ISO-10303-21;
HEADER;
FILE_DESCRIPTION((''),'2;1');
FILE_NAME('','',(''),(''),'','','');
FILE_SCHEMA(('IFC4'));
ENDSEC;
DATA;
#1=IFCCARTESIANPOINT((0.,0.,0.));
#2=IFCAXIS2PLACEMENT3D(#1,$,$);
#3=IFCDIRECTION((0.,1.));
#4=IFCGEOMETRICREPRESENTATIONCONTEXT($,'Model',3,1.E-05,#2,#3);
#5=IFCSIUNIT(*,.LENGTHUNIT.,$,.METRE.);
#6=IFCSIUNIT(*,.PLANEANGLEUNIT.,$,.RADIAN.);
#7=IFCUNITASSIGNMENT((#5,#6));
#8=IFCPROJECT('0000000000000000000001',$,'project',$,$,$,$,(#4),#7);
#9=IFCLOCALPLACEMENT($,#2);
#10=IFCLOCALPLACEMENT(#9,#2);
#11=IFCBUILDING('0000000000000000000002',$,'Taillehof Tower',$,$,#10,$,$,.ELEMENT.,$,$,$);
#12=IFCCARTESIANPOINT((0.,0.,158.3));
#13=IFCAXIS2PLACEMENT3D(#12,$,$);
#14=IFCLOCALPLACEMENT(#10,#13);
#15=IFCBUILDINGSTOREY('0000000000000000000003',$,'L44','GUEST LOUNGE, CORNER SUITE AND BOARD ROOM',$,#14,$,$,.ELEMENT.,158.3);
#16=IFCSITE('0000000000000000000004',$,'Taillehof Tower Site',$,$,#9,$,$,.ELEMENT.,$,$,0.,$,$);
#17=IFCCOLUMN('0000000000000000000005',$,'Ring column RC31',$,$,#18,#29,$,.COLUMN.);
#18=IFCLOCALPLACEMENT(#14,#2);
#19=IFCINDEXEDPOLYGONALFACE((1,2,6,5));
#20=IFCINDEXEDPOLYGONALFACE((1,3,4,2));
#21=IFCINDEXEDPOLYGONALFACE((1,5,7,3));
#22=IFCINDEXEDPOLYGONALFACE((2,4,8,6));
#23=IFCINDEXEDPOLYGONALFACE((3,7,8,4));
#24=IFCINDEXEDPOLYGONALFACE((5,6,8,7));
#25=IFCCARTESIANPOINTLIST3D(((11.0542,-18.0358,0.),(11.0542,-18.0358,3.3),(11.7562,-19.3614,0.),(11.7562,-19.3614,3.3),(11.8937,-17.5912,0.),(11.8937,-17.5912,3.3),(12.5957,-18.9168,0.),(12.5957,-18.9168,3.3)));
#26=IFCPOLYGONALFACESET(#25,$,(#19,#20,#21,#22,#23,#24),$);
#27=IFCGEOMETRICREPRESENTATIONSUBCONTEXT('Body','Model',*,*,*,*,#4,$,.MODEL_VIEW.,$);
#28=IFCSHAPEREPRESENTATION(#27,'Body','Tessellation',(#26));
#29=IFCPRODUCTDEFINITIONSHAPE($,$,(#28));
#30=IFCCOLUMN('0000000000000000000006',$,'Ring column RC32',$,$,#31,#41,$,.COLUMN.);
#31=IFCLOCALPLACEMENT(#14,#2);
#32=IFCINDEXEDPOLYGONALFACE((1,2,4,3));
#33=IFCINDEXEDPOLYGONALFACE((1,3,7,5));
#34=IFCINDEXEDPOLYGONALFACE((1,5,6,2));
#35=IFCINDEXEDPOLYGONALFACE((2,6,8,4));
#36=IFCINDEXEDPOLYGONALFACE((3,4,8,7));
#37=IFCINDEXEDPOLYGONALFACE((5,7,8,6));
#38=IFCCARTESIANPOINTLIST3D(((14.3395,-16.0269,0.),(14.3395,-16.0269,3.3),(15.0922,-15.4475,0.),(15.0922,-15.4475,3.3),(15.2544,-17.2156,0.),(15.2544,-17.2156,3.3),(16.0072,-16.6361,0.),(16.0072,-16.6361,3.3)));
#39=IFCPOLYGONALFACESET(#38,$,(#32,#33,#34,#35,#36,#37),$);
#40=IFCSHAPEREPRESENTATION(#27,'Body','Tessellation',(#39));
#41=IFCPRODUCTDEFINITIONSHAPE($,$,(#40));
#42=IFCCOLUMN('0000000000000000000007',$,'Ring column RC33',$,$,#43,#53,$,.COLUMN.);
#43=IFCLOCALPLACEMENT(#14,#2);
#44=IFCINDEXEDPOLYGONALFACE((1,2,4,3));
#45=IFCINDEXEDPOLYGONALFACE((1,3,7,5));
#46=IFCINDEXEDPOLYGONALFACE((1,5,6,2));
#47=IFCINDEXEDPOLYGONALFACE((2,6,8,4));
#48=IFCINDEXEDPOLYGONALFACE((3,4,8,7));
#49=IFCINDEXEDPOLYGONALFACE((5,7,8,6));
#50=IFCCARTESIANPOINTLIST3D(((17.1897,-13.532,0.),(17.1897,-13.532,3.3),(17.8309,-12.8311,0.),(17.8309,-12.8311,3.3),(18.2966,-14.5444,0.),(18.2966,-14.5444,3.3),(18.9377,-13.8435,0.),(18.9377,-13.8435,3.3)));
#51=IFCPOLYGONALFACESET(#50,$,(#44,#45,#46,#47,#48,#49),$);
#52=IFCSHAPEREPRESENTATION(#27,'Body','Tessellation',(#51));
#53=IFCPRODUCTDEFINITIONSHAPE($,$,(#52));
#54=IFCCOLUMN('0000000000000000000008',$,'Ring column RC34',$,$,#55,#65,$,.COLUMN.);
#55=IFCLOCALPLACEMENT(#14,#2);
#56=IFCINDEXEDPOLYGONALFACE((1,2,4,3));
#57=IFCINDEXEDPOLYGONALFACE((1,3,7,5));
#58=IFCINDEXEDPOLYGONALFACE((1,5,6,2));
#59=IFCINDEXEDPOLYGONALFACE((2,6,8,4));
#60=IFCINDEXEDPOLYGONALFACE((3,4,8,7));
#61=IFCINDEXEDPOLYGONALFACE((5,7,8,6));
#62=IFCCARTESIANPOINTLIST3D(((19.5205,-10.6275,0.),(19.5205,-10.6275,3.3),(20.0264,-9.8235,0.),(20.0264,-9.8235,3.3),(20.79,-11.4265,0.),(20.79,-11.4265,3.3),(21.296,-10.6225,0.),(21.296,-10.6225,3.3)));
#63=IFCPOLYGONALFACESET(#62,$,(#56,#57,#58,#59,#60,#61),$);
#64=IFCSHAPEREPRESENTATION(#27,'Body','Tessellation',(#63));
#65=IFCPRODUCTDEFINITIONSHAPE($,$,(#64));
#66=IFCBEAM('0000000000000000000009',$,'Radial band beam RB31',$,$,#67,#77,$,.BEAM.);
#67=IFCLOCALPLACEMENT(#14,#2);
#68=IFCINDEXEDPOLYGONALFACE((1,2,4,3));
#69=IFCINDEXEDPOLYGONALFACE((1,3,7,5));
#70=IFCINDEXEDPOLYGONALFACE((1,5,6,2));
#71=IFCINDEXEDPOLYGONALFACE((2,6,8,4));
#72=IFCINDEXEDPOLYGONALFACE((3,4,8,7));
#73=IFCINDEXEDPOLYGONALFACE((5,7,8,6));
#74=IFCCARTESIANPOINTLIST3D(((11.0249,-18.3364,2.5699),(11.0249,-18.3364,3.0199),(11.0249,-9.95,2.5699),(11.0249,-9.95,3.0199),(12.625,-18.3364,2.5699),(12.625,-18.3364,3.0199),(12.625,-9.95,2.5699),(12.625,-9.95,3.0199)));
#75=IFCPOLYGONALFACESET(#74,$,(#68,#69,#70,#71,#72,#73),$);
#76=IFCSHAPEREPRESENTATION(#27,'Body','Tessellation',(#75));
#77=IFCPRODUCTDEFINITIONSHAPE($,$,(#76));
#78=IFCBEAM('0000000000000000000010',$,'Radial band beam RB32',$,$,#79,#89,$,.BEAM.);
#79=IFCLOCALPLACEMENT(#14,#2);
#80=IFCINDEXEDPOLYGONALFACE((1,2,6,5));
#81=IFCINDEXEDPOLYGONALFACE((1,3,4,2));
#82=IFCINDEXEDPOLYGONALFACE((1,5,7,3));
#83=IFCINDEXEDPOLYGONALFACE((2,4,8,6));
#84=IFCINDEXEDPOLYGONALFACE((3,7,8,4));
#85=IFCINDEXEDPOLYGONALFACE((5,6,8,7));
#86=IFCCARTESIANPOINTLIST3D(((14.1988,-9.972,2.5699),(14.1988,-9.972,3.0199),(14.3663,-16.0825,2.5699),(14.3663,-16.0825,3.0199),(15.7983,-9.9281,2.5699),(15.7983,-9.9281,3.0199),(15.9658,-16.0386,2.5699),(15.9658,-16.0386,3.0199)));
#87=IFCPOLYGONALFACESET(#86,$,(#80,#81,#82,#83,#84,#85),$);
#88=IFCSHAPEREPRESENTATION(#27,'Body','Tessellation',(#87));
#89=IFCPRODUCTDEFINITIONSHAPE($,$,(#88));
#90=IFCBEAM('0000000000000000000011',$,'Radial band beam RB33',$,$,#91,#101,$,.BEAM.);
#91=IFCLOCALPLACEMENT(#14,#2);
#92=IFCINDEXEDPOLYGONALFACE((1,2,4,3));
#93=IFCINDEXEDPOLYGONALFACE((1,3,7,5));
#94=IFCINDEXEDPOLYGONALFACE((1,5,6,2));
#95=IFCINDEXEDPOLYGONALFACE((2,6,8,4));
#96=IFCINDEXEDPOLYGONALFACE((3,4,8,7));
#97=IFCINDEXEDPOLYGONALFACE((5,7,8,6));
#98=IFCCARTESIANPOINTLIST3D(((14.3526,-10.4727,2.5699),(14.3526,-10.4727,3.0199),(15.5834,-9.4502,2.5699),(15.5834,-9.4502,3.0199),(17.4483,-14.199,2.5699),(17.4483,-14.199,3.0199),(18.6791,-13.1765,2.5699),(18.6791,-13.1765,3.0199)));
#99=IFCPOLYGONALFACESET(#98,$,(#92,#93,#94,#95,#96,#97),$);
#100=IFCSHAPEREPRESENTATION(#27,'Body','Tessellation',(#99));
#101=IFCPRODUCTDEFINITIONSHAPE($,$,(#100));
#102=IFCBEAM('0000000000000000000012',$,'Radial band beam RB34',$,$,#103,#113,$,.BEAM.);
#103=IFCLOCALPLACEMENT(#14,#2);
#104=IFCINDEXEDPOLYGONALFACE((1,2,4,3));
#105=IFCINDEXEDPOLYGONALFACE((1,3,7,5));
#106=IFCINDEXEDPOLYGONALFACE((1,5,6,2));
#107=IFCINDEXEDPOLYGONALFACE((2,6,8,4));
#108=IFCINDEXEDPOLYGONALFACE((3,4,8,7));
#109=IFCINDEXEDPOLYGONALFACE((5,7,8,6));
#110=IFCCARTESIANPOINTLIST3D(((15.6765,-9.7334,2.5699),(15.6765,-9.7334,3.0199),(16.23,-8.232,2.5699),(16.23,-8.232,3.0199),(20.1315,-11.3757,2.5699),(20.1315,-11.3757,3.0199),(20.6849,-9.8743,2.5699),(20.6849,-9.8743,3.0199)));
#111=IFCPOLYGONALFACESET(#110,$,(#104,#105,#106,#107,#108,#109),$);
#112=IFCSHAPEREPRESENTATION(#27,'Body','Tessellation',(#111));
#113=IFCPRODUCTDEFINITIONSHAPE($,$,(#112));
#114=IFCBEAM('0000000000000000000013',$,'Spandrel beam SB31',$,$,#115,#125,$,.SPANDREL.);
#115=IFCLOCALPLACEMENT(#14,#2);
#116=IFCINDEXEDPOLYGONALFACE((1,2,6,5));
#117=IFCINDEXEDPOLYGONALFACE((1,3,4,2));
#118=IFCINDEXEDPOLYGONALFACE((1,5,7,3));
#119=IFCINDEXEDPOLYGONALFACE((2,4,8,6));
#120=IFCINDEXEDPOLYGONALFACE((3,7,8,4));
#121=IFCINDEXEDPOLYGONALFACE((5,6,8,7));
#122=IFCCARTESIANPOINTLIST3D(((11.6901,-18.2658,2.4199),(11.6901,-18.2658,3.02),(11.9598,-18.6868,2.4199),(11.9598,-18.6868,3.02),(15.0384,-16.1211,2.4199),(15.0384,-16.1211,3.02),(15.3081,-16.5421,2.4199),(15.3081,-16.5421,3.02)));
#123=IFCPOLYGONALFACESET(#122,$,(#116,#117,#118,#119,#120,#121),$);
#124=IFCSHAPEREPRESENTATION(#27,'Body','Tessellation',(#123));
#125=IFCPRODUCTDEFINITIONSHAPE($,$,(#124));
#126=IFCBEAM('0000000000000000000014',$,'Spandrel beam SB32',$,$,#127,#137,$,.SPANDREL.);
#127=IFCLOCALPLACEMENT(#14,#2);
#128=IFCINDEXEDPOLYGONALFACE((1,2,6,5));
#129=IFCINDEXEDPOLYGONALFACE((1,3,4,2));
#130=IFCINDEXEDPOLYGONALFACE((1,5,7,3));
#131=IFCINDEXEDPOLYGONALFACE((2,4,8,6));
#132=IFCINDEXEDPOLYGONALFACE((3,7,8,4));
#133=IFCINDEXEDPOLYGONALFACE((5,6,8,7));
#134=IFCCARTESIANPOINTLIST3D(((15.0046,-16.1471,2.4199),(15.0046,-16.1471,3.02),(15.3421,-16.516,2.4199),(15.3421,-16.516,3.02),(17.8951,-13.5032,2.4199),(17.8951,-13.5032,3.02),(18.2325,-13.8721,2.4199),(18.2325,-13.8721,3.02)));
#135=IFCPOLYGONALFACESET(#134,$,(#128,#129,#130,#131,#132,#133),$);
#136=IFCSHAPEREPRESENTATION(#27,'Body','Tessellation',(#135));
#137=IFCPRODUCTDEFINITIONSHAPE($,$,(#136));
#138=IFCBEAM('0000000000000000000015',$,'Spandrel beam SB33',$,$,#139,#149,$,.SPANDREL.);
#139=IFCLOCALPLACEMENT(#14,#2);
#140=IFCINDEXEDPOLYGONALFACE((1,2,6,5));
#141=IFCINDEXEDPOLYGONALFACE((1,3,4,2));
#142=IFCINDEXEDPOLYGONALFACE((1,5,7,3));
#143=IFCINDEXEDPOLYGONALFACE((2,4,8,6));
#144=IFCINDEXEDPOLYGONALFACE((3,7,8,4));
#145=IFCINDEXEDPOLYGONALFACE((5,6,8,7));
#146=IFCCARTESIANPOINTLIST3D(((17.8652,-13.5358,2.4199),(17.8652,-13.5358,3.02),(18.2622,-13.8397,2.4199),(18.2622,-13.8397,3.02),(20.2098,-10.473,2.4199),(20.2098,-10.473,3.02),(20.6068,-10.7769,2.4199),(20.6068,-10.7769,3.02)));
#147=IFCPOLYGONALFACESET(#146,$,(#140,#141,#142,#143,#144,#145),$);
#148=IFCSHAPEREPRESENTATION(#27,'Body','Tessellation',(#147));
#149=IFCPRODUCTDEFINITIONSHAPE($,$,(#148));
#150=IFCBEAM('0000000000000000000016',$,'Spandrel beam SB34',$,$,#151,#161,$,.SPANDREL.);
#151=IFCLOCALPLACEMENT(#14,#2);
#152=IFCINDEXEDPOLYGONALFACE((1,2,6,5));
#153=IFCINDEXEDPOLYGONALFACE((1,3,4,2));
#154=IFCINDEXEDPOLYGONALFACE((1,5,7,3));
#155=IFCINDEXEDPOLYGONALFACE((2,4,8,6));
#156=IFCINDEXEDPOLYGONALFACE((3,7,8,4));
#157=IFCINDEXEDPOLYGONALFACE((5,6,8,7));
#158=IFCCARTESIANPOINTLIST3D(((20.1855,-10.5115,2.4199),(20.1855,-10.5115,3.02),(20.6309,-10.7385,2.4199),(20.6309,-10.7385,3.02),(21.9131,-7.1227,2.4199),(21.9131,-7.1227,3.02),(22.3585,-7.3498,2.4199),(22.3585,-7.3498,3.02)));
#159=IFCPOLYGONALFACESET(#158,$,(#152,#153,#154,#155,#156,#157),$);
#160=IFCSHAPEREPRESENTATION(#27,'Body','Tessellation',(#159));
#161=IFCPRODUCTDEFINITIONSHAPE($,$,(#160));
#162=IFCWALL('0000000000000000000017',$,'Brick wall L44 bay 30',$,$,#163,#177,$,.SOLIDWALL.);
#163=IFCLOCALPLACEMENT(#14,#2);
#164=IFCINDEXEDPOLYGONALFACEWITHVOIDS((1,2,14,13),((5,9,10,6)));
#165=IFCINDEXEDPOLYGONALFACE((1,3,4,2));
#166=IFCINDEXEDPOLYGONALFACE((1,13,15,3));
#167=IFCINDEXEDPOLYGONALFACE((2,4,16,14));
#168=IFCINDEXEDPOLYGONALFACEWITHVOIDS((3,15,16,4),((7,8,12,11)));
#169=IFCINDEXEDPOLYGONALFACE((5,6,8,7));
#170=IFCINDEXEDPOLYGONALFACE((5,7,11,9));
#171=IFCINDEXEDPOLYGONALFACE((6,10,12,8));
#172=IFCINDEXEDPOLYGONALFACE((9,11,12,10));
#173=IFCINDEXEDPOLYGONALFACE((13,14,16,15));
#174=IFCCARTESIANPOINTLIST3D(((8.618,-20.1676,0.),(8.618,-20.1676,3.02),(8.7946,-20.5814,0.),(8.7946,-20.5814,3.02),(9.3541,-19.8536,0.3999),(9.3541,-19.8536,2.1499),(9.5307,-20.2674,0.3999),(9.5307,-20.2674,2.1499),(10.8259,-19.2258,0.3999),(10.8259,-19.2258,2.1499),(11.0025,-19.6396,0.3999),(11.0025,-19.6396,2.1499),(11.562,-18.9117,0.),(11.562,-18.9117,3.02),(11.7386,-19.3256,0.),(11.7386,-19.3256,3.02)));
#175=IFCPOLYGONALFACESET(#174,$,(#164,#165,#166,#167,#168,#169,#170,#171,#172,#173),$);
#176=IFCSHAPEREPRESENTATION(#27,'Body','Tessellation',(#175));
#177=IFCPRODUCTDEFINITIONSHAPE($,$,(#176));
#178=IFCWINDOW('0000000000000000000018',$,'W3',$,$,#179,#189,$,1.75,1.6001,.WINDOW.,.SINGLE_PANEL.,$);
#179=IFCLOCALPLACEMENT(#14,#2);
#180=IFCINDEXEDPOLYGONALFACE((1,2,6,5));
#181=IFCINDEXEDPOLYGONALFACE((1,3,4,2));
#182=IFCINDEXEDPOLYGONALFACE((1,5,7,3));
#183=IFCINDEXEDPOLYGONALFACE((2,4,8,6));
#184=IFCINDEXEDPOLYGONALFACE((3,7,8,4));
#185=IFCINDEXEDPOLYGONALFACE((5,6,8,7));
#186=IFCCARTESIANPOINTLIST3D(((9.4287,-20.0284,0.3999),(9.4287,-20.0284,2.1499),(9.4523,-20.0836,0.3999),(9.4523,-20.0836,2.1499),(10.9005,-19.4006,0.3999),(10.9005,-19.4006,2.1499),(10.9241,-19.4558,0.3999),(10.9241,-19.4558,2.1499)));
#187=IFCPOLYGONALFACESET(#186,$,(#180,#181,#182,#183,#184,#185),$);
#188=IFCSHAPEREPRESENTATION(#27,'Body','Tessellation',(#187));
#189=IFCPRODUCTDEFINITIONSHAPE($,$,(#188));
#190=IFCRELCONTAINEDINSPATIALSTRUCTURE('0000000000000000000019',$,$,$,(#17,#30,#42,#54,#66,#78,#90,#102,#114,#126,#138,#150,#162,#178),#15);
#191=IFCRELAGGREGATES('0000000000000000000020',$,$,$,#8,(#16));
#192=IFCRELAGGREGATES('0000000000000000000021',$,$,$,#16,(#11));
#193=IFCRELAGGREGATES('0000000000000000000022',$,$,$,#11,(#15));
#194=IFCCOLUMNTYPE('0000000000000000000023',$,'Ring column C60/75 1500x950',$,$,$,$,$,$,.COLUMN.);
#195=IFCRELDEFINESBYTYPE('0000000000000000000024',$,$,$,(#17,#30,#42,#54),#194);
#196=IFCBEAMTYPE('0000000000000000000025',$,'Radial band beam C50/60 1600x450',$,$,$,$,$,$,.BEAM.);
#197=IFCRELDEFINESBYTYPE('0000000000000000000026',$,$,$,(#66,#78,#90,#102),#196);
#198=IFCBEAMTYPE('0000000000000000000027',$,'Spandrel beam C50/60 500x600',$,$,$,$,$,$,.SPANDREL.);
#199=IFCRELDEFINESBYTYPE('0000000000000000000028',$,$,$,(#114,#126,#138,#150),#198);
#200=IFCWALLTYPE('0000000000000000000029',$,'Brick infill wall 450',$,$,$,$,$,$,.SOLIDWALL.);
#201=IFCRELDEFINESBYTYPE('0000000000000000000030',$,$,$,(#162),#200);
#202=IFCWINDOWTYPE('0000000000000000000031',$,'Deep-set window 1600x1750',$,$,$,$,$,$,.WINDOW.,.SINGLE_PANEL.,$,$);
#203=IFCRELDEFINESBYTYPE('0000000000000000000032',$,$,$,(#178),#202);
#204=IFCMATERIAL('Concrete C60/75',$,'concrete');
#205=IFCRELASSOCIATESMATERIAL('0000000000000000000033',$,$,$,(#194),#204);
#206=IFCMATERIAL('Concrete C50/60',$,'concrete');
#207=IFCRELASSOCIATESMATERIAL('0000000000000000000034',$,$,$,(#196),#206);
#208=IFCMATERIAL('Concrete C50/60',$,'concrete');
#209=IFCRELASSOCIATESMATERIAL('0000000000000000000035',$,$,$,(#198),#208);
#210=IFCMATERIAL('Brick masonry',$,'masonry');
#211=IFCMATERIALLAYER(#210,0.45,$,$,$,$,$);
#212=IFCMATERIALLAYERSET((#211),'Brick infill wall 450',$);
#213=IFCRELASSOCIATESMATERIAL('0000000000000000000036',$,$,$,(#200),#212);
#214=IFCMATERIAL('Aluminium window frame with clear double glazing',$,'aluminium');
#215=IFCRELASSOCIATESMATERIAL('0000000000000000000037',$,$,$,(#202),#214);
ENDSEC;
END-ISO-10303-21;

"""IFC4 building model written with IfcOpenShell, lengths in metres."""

from ifc_helpers import new_model, si_unit, direction, frame, frame_2d, origin, origin_2d, place, context, subcontext, project, spatial, rectangle, extrude, material, layer, layer_set, material_profile, profile_set, type_object, element, fill, save


model = new_model("IFC4")

# Units and contexts
model_context = context("Model", 3, precision=1e-05, world=origin(), true_north=direction((0.0, 1.0)))
body_context = subcontext(model_context, "Body", "Model", "MODEL_VIEW")
ifc_project = project(units=[si_unit("LENGTHUNIT", "METRE"), si_unit("PLANEANGLEUNIT", "RADIAN")], contexts=[model_context])

# Site, building, storey
site_placement = place(None, origin())
site = spatial("IfcSite", under=ifc_project, at=site_placement, Name="Taillehof Tower Site", CompositionType="ELEMENT", RefElevation=0.0)
building_placement = place(site_placement, origin())
building = spatial("IfcBuilding", under=site, at=building_placement, Name="Taillehof Tower", CompositionType="ELEMENT")
storey_placement = place(building_placement, frame((0.0, 0.0, 158.3)))
storey = spatial("IfcBuildingStorey", under=building, at=storey_placement, Name="L44", Description="GUEST LOUNGE, CORNER SUITE AND BOARD ROOM", CompositionType="ELEMENT", Elevation=158.3)

# Columns
ifc_material_1 = material(Name="Concrete C60/75", Category="concrete")
ifc_material_profile_1 = material_profile(ifc_material_1, rectangle(XDim=1.5, YDim=0.95, at=origin_2d()), Name="RC 1500x950")
ifc_profile_set_1 = profile_set([ifc_material_profile_1], Name="Concrete C60/75")
column_type = type_object("IfcColumnType", Name="Ring column C60/75 1500x950", PredefinedType="COLUMN", material=ifc_profile_set_1)
for number, where, z_axis, x_axis, name in (
    (1, (11.825, -18.4763, 0.0), (0.0, 0.0, 1.0), (0.468042, -0.883706, 0.0), "Ring column RC31"),
    (2, (15.1733, -16.3315, 0.0), (0.0, 0.0, 1.0), (0.609971, -0.792424, 0.0), "Ring column RC32"),
    (3, (18.0637, -13.6877, 0.0), (0.0, 0.0, 1.0), (0.737879, -0.674933, 0.0), "Ring column RC33"),
    (4, (20.4082, -10.625, 0.0), (0.0, 0.0, 1.0), (0.846334, -0.532652, 0.0), "Ring column RC34"),
):
    element("IfcColumn", number, at=place(storey_placement, frame(where, z_axis=z_axis, x_axis=x_axis)), inside=storey, type_object=column_type, Name=name, PredefinedType="COLUMN", context=body_context, shape_type="SweptSolid", body=[
        extrude(rectangle(XDim=1.5, YDim=0.95, at=origin_2d()), origin(), (0.0, 0.0, 1.0), 3.3),
    ])

# Beams
ifc_material_2 = material(Name="Concrete C50/60", Category="concrete")
ifc_material_profile_2 = material_profile(ifc_material_2, rectangle(XDim=1.6001, YDim=0.45, at=origin_2d()), Name="RC 1600x450")
ifc_profile_set_2 = profile_set([ifc_material_profile_2], Name="Concrete C50/60")
beam_type_1 = type_object("IfcBeamType", Name="Radial band beam C50/60 1600x450", PredefinedType="BEAM", material=ifc_profile_set_2)
beam_1_placement = place(storey_placement, frame((11.825, -18.3364, 2.7949), z_axis=(0.0, 1.0, 0.0), x_axis=(-1.0, 0.0, 0.0)))
element("IfcBeam", 5, at=beam_1_placement, inside=storey, type_object=beam_type_1, Name="Radial band beam RB31", PredefinedType="BEAM", context=body_context, shape_type="SweptSolid", body=[
    extrude(rectangle(XDim=1.6001, YDim=0.45, at=origin_2d()), origin(), (0.0, 0.0, 1.0), 8.3865),
])
beam_2_placement = place(storey_placement, frame((15.166, -16.0605, 2.7949), z_axis=(-0.027398, 0.999625, 0.0), x_axis=(-0.999625, -0.027398, 0.0)))
element("IfcBeam", 6, at=beam_2_placement, inside=storey, type_object=beam_type_1, Name="Radial band beam RB32", PredefinedType="BEAM", context=body_context, shape_type="SweptSolid", body=[
    extrude(rectangle(XDim=1.6001, YDim=0.45, at=origin_2d()), origin(), (0.0, 0.0, 1.0), 6.1128),
])
beam_3_placement = place(storey_placement, frame((18.0637, -13.6877, 2.7949), z_axis=(-0.639019, 0.769191, 0.0), x_axis=(-0.769191, -0.639019, 0.0)))
element("IfcBeam", 7, at=beam_3_placement, inside=storey, type_object=beam_type_1, Name="Radial band beam RB33", PredefinedType="BEAM", context=body_context, shape_type="SweptSolid", body=[
    extrude(rectangle(XDim=1.6001, YDim=0.45, at=origin_2d()), origin(), (0.0, 0.0, 1.0), 4.8445),
])
beam_4_placement = place(storey_placement, frame((20.4082, -10.625, 2.7949), z_axis=(-0.938276, 0.345889, 0.0), x_axis=(-0.345889, -0.938276, 0.0)))
element("IfcBeam", 8, at=beam_4_placement, inside=storey, type_object=beam_type_1, Name="Radial band beam RB34", PredefinedType="BEAM", context=body_context, shape_type="SweptSolid", body=[
    extrude(rectangle(XDim=1.6001, YDim=0.45, at=origin_2d()), origin(), (0.0, 0.0, 1.0), 4.748),
])
ifc_material_3 = material(Name="Concrete C50/60", Category="concrete")
ifc_material_profile_3 = material_profile(ifc_material_3, rectangle(XDim=0.5, YDim=0.6001, at=origin_2d()), Name="RC 500x600")
ifc_profile_set_3 = profile_set([ifc_material_profile_3], Name="Concrete C50/60")
beam_type_2 = type_object("IfcBeamType", Name="Spandrel beam C50/60 500x600", PredefinedType="SPANDREL", material=ifc_profile_set_3)
beam_5_placement = place(storey_placement, frame((11.825, -18.4763, 2.72), z_axis=(0.842065, 0.539376, 0.0), x_axis=(-0.539376, 0.842065, 0.0)))
element("IfcBeam", 9, at=beam_5_placement, inside=storey, type_object=beam_type_2, Name="Spandrel beam SB31", PredefinedType="SPANDREL", context=body_context, shape_type="SweptSolid", body=[
    extrude(rectangle(XDim=0.5, YDim=0.6001, at=origin_2d()), origin(), (0.0, 0.0, 1.0), 3.9763),
])
beam_6_placement = place(storey_placement, frame((15.1733, -16.3315, 2.72), z_axis=(0.737881, 0.674931, 0.0), x_axis=(-0.674931, 0.737881, 0.0)))
element("IfcBeam", 10, at=beam_6_placement, inside=storey, type_object=beam_type_2, Name="Spandrel beam SB32", PredefinedType="SPANDREL", context=body_context, shape_type="SweptSolid", body=[
    extrude(rectangle(XDim=0.5, YDim=0.6001, at=origin_2d()), origin(), (0.0, 0.0, 1.0), 3.9172),
])
beam_7_placement = place(storey_placement, frame((18.0637, -13.6877, 2.72), z_axis=(0.60784, 0.794059, 0.0), x_axis=(-0.794059, 0.60784, 0.0)))
element("IfcBeam", 11, at=beam_7_placement, inside=storey, type_object=beam_type_2, Name="Spandrel beam SB33", PredefinedType="SPANDREL", context=body_context, shape_type="SweptSolid", body=[
    extrude(rectangle(XDim=0.5, YDim=0.6001, at=origin_2d()), origin(), (0.0, 0.0, 1.0), 3.8572),
])
beam_8_placement = place(storey_placement, frame((20.4082, -10.625, 2.72), z_axis=(0.454183, 0.890908, 0.0), x_axis=(-0.890908, 0.454183, 0.0)))
element("IfcBeam", 12, at=beam_8_placement, inside=storey, type_object=beam_type_2, Name="Spandrel beam SB34", PredefinedType="SPANDREL", context=body_context, shape_type="SweptSolid", body=[
    extrude(rectangle(XDim=0.5, YDim=0.6001, at=origin_2d()), origin(), (0.0, 0.0, 1.0), 3.8037),
])

# Wall, opening, window
ifc_material_4 = material(Name="Brick masonry", Category="masonry")
ifc_layer_1 = layer(ifc_material_4, 0.45)
ifc_layer_set_1 = layer_set([ifc_layer_1], Name="Brick infill wall 450")
wall_type_1 = type_object("IfcWallType", Name="Brick infill wall 450", PredefinedType="SOLIDWALL", material=ifc_layer_set_1)
wall_1_placement = place(storey_placement, frame((8.7063, -20.3745, 0.0), z_axis=(0.0, 0.0, 1.0), x_axis=(0.91981, 0.392363, 0.0)))
wall_1 = element("IfcWall", 13, at=wall_1_placement, inside=storey, type_object=wall_type_1, Name="Brick wall L44 bay 30", PredefinedType="SOLIDWALL", context=body_context, shape_type="SweptSolid", body=[
    extrude(rectangle(XDim=3.2007, YDim=0.45, at=frame_2d((1.6003, 0.0))), origin(), (0.0, 0.0, 1.0), 3.02),
])
opening_1_placement = place(wall_1_placement, frame((0.8003, 0.0, 0.3999)))
opening_1 = element("IfcOpeningElement", 14, at=opening_1_placement, cuts=wall_1, PredefinedType="OPENING", context=body_context, shape_type="SweptSolid", body=[
    extrude(rectangle(XDim=1.6001, YDim=1.75, at=frame_2d((0.8, 0.875))), frame((0.0, 0.2349, 0.0), z_axis=(0.0, -1.0, 0.0), x_axis=(1.0, 0.0, 0.0)), (0.0, 0.0, 1.0), 0.47),
])
ifc_material_5 = material(Name="Aluminium window frame with clear double glazing", Category="aluminium")
window_type_1 = type_object("IfcWindowType", Name="Deep-set window 1600x1750", PartitioningType="SINGLE_PANEL", PredefinedType="WINDOW", material=ifc_material_5)
window_1_placement = place(opening_1_placement, origin())
window_1 = element("IfcWindow", 15, at=window_1_placement, inside=storey, type_object=window_type_1, Name="W3", OverallHeight=1.75, OverallWidth=1.6001, PartitioningType="SINGLE_PANEL", PredefinedType="WINDOW", context=body_context, shape_type="SweptSolid", body=[
    extrude(rectangle(XDim=1.6001, YDim=1.75, at=frame_2d((0.8, 0.875))), frame((0.0, 0.0349, 0.0), z_axis=(0.0, -1.0, 0.0), x_axis=(1.0, 0.0, 0.0)), (0.0, 0.0, 1.0), 0.0601),
])
fill(opening_1, window_1)

save(model, "model.ifc")
